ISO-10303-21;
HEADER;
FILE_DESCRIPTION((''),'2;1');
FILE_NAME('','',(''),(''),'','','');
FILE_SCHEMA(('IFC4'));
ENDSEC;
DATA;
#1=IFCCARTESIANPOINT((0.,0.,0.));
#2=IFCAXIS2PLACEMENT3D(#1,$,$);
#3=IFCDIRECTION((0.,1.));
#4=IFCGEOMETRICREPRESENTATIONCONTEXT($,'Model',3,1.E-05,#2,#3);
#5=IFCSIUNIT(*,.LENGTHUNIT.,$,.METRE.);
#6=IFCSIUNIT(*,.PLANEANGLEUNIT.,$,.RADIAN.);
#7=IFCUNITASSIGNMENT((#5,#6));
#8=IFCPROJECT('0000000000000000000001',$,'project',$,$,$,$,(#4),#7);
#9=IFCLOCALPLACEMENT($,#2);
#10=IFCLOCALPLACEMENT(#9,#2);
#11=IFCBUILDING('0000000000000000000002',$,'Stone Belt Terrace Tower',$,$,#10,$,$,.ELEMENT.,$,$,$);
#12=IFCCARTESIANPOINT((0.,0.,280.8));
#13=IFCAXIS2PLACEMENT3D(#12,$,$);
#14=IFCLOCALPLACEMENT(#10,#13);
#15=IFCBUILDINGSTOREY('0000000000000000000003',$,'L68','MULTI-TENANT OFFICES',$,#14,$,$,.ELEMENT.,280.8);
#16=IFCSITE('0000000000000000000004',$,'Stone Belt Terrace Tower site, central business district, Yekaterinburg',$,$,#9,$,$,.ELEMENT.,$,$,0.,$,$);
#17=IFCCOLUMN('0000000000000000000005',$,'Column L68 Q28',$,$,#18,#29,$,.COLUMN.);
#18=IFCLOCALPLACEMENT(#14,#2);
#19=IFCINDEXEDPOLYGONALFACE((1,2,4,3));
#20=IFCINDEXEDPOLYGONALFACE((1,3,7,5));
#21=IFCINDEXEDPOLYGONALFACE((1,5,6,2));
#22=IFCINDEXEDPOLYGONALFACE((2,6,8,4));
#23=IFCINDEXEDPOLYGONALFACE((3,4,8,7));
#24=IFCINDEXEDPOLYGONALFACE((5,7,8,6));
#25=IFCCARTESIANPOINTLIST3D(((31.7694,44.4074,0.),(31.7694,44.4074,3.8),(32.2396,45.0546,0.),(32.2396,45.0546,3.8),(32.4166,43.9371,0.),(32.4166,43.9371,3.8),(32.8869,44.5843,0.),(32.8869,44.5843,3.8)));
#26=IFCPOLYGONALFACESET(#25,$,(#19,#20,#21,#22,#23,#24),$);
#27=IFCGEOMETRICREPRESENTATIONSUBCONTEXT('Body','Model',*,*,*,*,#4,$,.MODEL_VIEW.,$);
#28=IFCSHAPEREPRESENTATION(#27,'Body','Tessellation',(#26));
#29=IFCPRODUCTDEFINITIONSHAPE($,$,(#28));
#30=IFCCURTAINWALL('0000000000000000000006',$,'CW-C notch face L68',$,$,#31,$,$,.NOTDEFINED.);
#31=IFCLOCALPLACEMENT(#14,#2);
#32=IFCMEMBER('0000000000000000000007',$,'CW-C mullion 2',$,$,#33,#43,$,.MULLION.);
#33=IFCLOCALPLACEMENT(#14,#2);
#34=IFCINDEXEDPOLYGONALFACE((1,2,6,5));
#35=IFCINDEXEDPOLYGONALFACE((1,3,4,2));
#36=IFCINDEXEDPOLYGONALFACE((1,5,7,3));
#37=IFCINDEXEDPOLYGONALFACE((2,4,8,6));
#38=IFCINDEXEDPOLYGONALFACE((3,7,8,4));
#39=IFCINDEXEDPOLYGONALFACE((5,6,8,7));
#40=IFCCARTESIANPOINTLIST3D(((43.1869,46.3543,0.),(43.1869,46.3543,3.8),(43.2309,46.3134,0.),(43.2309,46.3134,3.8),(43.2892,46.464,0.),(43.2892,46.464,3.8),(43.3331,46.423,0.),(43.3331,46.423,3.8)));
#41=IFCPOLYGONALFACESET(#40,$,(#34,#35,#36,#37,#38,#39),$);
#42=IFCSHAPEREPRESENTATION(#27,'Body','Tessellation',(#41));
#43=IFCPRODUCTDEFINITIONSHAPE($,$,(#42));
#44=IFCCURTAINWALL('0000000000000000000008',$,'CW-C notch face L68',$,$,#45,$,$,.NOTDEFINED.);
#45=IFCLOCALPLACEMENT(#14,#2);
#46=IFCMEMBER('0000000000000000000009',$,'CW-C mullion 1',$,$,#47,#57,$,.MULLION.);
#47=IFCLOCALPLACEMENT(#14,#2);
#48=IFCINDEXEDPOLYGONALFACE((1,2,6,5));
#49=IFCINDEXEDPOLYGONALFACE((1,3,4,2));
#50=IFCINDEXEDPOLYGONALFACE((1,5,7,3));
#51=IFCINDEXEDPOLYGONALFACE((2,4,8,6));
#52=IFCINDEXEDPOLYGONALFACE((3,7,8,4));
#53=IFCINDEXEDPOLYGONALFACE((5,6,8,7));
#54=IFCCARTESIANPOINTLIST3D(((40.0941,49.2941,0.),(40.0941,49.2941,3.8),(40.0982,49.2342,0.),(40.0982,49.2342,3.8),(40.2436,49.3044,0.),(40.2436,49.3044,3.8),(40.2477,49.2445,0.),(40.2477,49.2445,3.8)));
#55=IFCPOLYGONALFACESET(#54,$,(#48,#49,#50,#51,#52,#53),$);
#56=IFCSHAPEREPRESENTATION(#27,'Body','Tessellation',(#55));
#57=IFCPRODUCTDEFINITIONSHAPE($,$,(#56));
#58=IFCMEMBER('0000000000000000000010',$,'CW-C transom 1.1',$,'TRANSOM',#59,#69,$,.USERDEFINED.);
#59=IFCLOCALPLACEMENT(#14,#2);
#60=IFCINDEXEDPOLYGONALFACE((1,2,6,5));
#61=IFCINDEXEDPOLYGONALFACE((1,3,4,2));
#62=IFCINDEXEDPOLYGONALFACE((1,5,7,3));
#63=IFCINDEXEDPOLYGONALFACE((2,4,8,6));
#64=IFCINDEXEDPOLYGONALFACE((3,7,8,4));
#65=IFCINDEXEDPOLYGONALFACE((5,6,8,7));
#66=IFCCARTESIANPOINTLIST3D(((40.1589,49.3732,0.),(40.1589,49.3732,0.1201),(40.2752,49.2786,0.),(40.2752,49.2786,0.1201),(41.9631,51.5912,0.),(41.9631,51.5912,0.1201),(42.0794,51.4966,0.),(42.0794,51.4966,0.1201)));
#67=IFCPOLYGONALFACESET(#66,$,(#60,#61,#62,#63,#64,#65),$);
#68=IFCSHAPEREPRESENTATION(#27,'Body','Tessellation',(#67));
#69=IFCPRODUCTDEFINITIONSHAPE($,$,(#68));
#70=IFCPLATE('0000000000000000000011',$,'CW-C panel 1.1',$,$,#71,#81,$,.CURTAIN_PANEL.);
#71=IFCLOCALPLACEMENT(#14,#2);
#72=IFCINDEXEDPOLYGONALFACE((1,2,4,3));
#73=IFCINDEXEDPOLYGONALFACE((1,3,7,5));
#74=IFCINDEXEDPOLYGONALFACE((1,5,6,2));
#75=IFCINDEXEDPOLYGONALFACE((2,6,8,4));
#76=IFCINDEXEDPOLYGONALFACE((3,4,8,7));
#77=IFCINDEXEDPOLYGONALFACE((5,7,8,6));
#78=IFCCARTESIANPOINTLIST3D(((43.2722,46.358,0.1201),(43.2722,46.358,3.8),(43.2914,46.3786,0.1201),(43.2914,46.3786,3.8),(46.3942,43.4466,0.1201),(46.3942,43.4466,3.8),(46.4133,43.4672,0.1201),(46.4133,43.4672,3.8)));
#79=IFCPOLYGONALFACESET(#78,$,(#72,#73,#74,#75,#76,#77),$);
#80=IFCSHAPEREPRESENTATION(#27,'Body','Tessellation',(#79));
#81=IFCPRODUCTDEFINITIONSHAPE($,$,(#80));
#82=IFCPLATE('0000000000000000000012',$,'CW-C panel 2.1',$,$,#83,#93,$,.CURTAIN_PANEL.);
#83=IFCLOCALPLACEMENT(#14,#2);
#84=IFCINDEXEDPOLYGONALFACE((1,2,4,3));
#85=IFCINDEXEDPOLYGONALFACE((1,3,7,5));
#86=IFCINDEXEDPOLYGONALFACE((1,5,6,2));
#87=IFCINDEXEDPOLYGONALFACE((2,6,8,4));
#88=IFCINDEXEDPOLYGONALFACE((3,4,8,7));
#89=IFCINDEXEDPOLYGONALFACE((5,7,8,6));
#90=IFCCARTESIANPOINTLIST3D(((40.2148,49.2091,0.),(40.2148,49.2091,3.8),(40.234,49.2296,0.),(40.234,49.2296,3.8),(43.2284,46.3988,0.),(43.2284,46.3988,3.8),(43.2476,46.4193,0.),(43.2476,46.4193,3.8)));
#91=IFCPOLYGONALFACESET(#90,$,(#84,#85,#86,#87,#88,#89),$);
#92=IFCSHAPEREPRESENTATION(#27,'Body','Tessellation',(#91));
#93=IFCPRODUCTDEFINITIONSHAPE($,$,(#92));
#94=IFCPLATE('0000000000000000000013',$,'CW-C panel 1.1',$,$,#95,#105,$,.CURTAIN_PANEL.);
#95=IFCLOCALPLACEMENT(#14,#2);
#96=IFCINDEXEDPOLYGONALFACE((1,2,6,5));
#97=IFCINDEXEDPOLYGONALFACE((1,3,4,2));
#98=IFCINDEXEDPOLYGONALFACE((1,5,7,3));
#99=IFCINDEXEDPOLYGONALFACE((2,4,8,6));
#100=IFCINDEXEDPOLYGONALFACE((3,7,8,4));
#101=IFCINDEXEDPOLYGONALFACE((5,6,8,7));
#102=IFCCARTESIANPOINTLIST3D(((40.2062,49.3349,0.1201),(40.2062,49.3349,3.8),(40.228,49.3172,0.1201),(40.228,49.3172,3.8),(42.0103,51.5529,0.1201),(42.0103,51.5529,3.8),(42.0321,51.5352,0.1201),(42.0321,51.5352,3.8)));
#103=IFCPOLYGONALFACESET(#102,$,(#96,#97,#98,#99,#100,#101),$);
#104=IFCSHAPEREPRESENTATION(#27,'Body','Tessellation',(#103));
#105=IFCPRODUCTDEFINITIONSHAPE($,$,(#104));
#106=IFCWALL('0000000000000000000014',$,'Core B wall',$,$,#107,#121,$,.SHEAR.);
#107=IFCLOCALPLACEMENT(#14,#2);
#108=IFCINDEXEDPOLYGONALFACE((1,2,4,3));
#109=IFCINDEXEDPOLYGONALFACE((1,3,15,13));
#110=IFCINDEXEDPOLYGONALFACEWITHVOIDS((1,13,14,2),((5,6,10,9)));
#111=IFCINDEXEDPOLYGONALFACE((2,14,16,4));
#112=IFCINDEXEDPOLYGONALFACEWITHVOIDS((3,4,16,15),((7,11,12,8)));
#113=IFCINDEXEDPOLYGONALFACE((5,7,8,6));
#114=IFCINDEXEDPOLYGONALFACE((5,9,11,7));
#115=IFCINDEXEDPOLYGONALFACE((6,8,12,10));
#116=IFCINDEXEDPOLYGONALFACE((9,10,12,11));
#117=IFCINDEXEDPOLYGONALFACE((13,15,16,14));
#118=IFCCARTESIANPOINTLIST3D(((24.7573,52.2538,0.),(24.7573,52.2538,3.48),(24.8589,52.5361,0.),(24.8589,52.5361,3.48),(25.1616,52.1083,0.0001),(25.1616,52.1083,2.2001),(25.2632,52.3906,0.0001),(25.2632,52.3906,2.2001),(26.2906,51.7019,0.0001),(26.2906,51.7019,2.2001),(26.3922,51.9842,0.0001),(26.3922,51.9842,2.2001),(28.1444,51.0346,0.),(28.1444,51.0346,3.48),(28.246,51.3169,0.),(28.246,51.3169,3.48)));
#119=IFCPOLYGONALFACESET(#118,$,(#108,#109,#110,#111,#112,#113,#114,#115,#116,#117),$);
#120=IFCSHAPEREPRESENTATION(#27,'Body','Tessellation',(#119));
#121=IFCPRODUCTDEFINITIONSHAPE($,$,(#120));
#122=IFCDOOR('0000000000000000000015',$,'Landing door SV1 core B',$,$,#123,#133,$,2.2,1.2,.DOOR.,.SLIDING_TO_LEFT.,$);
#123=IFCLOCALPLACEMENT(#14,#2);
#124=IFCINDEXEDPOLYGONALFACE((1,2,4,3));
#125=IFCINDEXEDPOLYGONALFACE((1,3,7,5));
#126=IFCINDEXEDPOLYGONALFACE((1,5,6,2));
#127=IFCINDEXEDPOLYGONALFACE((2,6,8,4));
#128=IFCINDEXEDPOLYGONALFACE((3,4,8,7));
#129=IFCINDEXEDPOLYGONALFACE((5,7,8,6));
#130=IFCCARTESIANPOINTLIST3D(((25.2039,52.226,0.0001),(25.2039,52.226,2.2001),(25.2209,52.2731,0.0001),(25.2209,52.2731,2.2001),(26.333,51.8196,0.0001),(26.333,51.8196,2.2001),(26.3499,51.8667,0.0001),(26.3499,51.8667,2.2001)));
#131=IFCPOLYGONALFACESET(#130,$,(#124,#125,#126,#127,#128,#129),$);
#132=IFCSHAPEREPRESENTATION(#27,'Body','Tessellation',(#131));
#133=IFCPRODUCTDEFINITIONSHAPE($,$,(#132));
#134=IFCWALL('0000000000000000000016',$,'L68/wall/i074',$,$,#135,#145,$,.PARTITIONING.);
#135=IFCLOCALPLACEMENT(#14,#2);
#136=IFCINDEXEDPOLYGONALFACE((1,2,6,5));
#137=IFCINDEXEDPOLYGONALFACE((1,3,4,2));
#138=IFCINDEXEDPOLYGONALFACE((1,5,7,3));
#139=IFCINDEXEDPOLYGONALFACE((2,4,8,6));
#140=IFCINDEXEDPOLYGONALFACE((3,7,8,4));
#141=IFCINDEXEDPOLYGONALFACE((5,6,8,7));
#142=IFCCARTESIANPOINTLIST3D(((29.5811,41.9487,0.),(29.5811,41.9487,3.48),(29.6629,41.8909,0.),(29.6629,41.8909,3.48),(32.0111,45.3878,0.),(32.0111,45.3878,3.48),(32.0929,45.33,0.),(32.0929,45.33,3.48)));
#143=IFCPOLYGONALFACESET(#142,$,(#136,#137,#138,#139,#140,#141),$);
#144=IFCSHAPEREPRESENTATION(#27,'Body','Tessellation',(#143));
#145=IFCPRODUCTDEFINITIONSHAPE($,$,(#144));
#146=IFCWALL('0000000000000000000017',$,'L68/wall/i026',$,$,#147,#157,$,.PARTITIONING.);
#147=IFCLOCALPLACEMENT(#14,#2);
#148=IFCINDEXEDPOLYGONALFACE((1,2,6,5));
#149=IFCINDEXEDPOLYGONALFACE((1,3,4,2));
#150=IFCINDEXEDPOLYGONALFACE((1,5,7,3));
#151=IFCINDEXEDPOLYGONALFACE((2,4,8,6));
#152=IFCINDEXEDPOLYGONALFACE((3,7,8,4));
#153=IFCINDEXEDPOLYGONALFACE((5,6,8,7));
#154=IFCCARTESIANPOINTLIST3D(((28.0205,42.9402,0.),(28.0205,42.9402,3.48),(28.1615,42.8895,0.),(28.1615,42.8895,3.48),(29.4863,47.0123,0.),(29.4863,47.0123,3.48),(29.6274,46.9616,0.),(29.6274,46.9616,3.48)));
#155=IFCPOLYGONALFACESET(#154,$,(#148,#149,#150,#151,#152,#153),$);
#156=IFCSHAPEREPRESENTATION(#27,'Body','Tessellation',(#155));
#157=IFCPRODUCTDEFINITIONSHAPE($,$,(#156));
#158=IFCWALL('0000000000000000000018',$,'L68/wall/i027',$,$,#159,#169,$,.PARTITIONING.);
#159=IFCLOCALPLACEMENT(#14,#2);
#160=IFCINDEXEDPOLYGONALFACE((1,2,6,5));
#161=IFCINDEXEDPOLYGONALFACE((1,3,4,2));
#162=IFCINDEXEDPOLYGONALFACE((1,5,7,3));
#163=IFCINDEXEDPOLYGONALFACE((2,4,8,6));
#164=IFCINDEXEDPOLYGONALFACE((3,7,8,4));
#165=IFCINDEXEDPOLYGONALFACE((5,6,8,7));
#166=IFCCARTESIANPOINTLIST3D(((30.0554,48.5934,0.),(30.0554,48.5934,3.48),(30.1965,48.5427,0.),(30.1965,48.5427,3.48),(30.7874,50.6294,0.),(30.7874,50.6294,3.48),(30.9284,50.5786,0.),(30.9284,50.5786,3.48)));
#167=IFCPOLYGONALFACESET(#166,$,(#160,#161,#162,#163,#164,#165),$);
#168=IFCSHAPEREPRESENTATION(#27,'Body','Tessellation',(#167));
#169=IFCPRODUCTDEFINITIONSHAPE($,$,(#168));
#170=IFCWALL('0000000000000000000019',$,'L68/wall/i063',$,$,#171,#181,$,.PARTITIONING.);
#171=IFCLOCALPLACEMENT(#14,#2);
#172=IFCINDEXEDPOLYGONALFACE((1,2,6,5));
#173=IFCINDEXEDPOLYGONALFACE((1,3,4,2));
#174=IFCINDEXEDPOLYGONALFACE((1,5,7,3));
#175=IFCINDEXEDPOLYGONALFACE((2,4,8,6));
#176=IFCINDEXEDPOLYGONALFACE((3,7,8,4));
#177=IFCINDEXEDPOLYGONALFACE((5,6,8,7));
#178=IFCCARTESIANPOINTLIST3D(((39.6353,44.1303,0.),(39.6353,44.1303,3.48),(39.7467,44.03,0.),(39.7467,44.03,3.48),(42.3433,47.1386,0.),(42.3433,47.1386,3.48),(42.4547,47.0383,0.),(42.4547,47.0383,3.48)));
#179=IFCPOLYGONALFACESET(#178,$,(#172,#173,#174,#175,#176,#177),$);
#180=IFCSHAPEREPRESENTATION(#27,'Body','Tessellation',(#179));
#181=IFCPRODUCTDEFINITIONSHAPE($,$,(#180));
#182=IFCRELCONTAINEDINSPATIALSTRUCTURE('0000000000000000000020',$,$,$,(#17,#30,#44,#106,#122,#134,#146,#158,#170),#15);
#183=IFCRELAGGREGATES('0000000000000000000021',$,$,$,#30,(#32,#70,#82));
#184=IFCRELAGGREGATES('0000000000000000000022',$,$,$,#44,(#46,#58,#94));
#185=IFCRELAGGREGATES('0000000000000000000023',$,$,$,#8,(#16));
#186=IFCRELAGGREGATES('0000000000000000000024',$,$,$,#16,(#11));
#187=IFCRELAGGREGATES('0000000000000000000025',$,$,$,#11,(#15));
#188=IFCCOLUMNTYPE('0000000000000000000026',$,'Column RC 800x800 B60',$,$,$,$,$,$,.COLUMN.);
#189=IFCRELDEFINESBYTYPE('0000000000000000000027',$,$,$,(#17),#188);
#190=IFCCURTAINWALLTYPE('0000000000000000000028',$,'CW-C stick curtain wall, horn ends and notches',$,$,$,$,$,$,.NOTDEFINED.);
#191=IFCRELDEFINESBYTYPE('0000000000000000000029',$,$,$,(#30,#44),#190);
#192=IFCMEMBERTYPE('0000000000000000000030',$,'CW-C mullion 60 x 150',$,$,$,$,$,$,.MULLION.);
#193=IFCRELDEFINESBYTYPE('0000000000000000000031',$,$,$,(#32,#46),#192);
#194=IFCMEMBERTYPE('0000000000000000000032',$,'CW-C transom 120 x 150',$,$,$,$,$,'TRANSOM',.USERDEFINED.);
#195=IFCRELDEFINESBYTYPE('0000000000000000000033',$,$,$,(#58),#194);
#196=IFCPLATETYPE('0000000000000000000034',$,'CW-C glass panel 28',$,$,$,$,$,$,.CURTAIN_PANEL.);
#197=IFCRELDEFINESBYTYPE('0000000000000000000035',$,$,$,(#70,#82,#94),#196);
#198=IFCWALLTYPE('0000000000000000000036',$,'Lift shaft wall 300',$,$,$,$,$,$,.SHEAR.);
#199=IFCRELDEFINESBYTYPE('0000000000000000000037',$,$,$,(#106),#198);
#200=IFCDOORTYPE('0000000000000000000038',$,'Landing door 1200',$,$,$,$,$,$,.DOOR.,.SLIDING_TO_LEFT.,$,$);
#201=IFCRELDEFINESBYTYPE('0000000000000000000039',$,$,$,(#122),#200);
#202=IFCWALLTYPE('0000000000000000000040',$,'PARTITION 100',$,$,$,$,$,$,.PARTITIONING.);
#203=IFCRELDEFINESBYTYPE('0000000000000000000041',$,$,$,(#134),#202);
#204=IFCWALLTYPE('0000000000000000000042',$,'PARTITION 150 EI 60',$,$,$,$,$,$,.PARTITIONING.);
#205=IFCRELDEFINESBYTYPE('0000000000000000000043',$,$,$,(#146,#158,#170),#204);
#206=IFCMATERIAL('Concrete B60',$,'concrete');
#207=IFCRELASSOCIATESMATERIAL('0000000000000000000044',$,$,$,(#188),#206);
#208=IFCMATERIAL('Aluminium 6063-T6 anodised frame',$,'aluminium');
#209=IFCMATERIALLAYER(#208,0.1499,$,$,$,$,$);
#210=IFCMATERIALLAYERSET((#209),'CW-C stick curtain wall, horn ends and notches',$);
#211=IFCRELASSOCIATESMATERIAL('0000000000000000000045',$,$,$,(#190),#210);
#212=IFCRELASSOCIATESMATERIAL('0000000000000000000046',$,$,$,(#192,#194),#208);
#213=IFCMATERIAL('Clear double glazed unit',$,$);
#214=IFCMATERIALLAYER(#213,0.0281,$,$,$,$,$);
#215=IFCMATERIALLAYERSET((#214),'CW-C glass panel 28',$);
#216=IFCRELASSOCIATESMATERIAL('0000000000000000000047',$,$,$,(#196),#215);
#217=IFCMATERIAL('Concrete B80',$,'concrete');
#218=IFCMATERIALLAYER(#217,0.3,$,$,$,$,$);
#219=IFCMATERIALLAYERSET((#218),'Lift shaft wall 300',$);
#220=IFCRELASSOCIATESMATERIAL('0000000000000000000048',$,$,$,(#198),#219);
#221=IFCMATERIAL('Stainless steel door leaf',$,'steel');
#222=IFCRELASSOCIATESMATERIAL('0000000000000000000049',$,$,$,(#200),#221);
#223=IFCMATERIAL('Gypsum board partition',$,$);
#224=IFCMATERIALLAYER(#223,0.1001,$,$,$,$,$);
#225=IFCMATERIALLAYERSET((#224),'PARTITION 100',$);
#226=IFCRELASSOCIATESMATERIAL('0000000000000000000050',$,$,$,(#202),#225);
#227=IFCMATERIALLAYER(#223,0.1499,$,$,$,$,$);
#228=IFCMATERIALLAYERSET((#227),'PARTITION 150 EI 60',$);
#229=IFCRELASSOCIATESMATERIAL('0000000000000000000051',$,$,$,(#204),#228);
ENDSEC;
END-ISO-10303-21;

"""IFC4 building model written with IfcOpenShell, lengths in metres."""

from ifc_helpers import new_model, si_unit, direction, frame, frame_2d, origin, origin_2d, place, context, subcontext, project, spatial, rectangle, extrude, material, layer, layer_set, material_profile, profile_set, type_object, element, fill, aggregate, save


model = new_model("IFC4")

# Units and contexts
model_context = context("Model", 3, precision=1e-05, world=origin(), true_north=direction((0.0, 1.0)))
body_context = subcontext(model_context, "Body", "Model", "MODEL_VIEW")
ifc_project = project(units=[si_unit("LENGTHUNIT", "METRE"), si_unit("PLANEANGLEUNIT", "RADIAN")], contexts=[model_context])

# Site, building, storey
site_placement = place(None, origin())
site = spatial("IfcSite", under=ifc_project, at=site_placement, Name="Stone Belt Terrace Tower site, central business district, Yekaterinburg", CompositionType="ELEMENT", RefElevation=0.0)
building_placement = place(site_placement, origin())
building = spatial("IfcBuilding", under=site, at=building_placement, Name="Stone Belt Terrace Tower", CompositionType="ELEMENT")
storey_placement = place(building_placement, frame((0.0, 0.0, 280.8)))
storey = spatial("IfcBuildingStorey", under=building, at=storey_placement, Name="L68", Description="MULTI-TENANT OFFICES", CompositionType="ELEMENT", Elevation=280.8)

# Column
ifc_material_1 = material(Name="Concrete B60", Category="concrete")
ifc_material_profile_1 = material_profile(ifc_material_1, rectangle(XDim=0.8, YDim=0.8, at=origin_2d()), Name="RC 800x800")
ifc_profile_set_1 = profile_set([ifc_material_profile_1], Name="Concrete B60")
column_type = type_object("IfcColumnType", Name="Column RC 800x800 B60", PredefinedType="COLUMN", material=ifc_profile_set_1)
column_placement = place(storey_placement, frame((32.3281, 44.4958, 0.0), z_axis=(0.0, 0.0, 1.0), x_axis=(0.809017, -0.587785, 0.0)))
element("IfcColumn", 1, at=column_placement, inside=storey, type_object=column_type, Name="Column L68 Q28", PredefinedType="COLUMN", context=body_context, shape_type="SweptSolid", body=[
    extrude(rectangle(XDim=0.8, YDim=0.8, at=origin_2d()), origin(), (0.0, 0.0, 1.0), 3.8),
])

# Curtain wall, member
ifc_material_2 = material(Name="Aluminium 6063-T6 anodised frame", Category="aluminium")
ifc_layer_1 = layer(ifc_material_2, 0.1499)
ifc_layer_set_1 = layer_set([ifc_layer_1], Name="CW-C stick curtain wall, horn ends and notches")
curtain_wall_type = type_object("IfcCurtainWallType", Name="CW-C stick curtain wall, horn ends and notches", PredefinedType="NOTDEFINED", material=ifc_layer_set_1)
curtain_wall_1_placement = place(storey_placement, origin())
curtain_wall_1 = element("IfcCurtainWall", 2, at=curtain_wall_1_placement, inside=storey, type_object=curtain_wall_type, Name="CW-C notch face L68", PredefinedType="NOTDEFINED")
ifc_material_profile_2 = material_profile(ifc_material_2, rectangle(XDim=0.1499, YDim=0.0601, at=origin_2d()), Name="Aluminium 6063-T6 60x150")
ifc_profile_set_2 = profile_set([ifc_material_profile_2], Name="Aluminium 6063-T6 anodised frame")
member_type_1 = type_object("IfcMemberType", Name="CW-C mullion 60 x 150", PredefinedType="MULLION", material=ifc_profile_set_2)
member_1_placement = place(storey_placement, frame((43.26, 46.3887, 0.0), z_axis=(0.0, 0.0, 1.0), x_axis=(-0.682014, -0.731339, 0.0)))
member_1 = element("IfcMember", 3, at=member_1_placement, type_object=member_type_1, Name="CW-C mullion 2", PredefinedType="MULLION", context=body_context, shape_type="SweptSolid", body=[
    extrude(rectangle(XDim=0.1499, YDim=0.0601, at=origin_2d()), origin(), (0.0, 0.0, 1.0), 3.8),
])

# Curtain wall, members
curtain_wall_2_placement = place(storey_placement, origin())
curtain_wall_2 = element("IfcCurtainWall", 4, at=curtain_wall_2_placement, inside=storey, type_object=curtain_wall_type, Name="CW-C notch face L68", PredefinedType="NOTDEFINED")
member_2_placement = place(storey_placement, frame((40.1709, 49.2693, 0.0), z_axis=(0.0, 0.0, 1.0), x_axis=(-0.99764, -0.068666, 0.0)))
member_2 = element("IfcMember", 5, at=member_2_placement, type_object=member_type_1, Name="CW-C mullion 1", PredefinedType="MULLION", context=body_context, shape_type="SweptSolid", body=[
    extrude(rectangle(XDim=0.1499, YDim=0.0601, at=origin_2d()), origin(), (0.0, 0.0, 1.0), 3.8),
])
ifc_material_profile_3 = material_profile(ifc_material_2, rectangle(XDim=0.1499, YDim=0.1201, at=origin_2d()), Name="Aluminium 6063-T6 150x120")
ifc_profile_set_3 = profile_set([ifc_material_profile_3], Name="Aluminium 6063-T6 anodised frame")
member_type_2 = type_object("IfcMemberType", Name="CW-C transom 120 x 150", ElementType="TRANSOM", PredefinedType="USERDEFINED", material=ifc_profile_set_3)
member_3_placement = place(storey_placement, frame((40.217, 49.3259, 0.0601), z_axis=(0.631027, 0.775761, 0.0), x_axis=(-0.775761, 0.631027, 0.0)))
member_3 = element("IfcMember", 6, at=member_3_placement, type_object=member_type_2, Name="CW-C transom 1.1", ObjectType="TRANSOM", PredefinedType="USERDEFINED", context=body_context, shape_type="SweptSolid", body=[
    extrude(rectangle(XDim=0.1499, YDim=0.1201, at=origin_2d()), origin(), (0.0, 0.0, 1.0), 2.8591),
])

# Plates
ifc_material_3 = material(Name="Clear double glazed unit")
ifc_layer_2 = layer(ifc_material_3, 0.0281)
ifc_layer_set_2 = layer_set([ifc_layer_2], Name="CW-C glass panel 28")
plate_type = type_object("IfcPlateType", Name="CW-C glass panel 28", PredefinedType="CURTAIN_PANEL", material=ifc_layer_set_2)
plate_1_placement = place(storey_placement, frame((44.8428, 44.9126, 0.1201), z_axis=(0.0, 0.0, 1.0), x_axis=(-0.731339, 0.682014, 0.0)))
plate_1 = element("IfcPlate", 7, at=plate_1_placement, type_object=plate_type, Name="CW-C panel 1.1", PredefinedType="CURTAIN_PANEL", context=body_context, shape_type="SweptSolid", body=[
    extrude(rectangle(XDim=4.2688, YDim=0.0281, at=origin_2d()), origin(), (0.0, 0.0, 1.0), 3.6799),
])
plate_2_placement = place(storey_placement, frame((41.7312, 47.8142, 0.0), z_axis=(0.0, 0.0, 1.0), x_axis=(-0.731339, 0.682014, 0.0)))
plate_2 = element("IfcPlate", 8, at=plate_2_placement, type_object=plate_type, Name="CW-C panel 2.1", PredefinedType="CURTAIN_PANEL", context=body_context, shape_type="SweptSolid", body=[
    extrude(rectangle(XDim=4.1206, YDim=0.0281, at=origin_2d()), origin(), (0.0, 0.0, 1.0), 3.8),
])
aggregate(curtain_wall_1, [member_1, plate_1, plate_2])
plate_3_placement = place(storey_placement, frame((41.1191, 50.4351, 0.1201), z_axis=(0.0, 0.0, 1.0), x_axis=(0.631001, 0.775782, 0.0)))
plate_3 = element("IfcPlate", 9, at=plate_3_placement, type_object=plate_type, Name="CW-C panel 1.1", PredefinedType="CURTAIN_PANEL", context=body_context, shape_type="SweptSolid", body=[
    extrude(rectangle(XDim=2.8591, YDim=0.0281, at=origin_2d()), origin(), (0.0, 0.0, 1.0), 3.6799),
])
aggregate(curtain_wall_2, [member_2, member_3, plate_3])

# Wall, opening, door
ifc_material_4 = material(Name="Concrete B80", Category="concrete")
ifc_layer_3 = layer(ifc_material_4, 0.3)
ifc_layer_set_3 = layer_set([ifc_layer_3], Name="Lift shaft wall 300")
wall_type_1 = type_object("IfcWallType", Name="Lift shaft wall 300", PredefinedType="SHEAR", material=ifc_layer_set_3)
wall_1_placement = place(storey_placement, frame((28.1951, 51.1758, 0.0), z_axis=(0.0, 0.0, 1.0), x_axis=(-0.940901, 0.338681, 0.0)))
wall_1 = element("IfcWall", 10, at=wall_1_placement, inside=storey, type_object=wall_type_1, Name="Core B wall", PredefinedType="SHEAR", context=body_context, shape_type="SweptSolid", body=[
    extrude(rectangle(XDim=3.5999, YDim=0.3, at=frame_2d((1.7998, 0.0))), origin(), (0.0, 0.0, 1.0), 3.48),
])
opening_1_placement = place(wall_1_placement, frame((1.97, 0.0, 0.0)))
opening_1 = element("IfcOpeningElement", 11, at=opening_1_placement, cuts=wall_1, PredefinedType="OPENING", context=body_context, shape_type="SweptSolid", body=[
    extrude(rectangle(XDim=1.2, YDim=2.2, at=frame_2d((0.6001, 1.1001))), frame((0.0, 0.1599, 0.0), z_axis=(0.0, -1.0, 0.0), x_axis=(1.0, 0.0, 0.0)), (0.0, 0.0, 1.0), 0.3201),
])
ifc_material_5 = material(Name="Stainless steel door leaf", Category="steel")
door_type_1 = type_object("IfcDoorType", Name="Landing door 1200", OperationType="SLIDING_TO_LEFT", PredefinedType="DOOR", material=ifc_material_5)
door_1_placement = place(opening_1_placement, origin())
door_1 = element("IfcDoor", 12, at=door_1_placement, inside=storey, type_object=door_type_1, Name="Landing door SV1 core B", OperationType="SLIDING_TO_LEFT", OverallHeight=2.2, OverallWidth=1.2, PredefinedType="DOOR", context=body_context, shape_type="SweptSolid", body=[
    extrude(rectangle(XDim=1.2, YDim=2.2, at=frame_2d((0.6001, 1.1001))), frame((0.0, 0.0249, 0.0), z_axis=(0.0, -1.0, 0.0), x_axis=(1.0, 0.0, 0.0)), (0.0, 0.0, 1.0), 0.05),
])
fill(opening_1, door_1)

# Walls
ifc_material_6 = material(Name="Gypsum board partition")
ifc_layer_4 = layer(ifc_material_6, 0.1001)
ifc_layer_set_4 = layer_set([ifc_layer_4], Name="PARTITION 100")
wall_type_2 = type_object("IfcWallType", Name="PARTITION 100", PredefinedType="PARTITIONING", material=ifc_layer_set_4)
wall_2_placement = place(storey_placement, frame((32.052, 45.3589, 0.0), z_axis=(0.0, 0.0, 1.0), x_axis=(-0.577068, -0.816696, 0.0)))
element("IfcWall", 13, at=wall_2_placement, inside=storey, type_object=wall_type_2, Name="L68/wall/i074", PredefinedType="PARTITIONING", context=body_context, shape_type="SweptSolid", body=[
    extrude(rectangle(XDim=4.2109, YDim=0.1001, at=frame_2d((2.1055, 0.0))), origin(), (0.0, 0.0, 1.0), 3.48),
])
ifc_layer_5 = layer(ifc_material_6, 0.1499)
ifc_layer_set_5 = layer_set([ifc_layer_5], Name="PARTITION 150 EI 60")
wall_type_3 = type_object("IfcWallType", Name="PARTITION 150 EI 60", PredefinedType="PARTITIONING", material=ifc_layer_set_5)
wall_3_placement = place(storey_placement, frame((29.5569, 46.9871, 0.0), z_axis=(0.0, 0.0, 1.0), x_axis=(-0.338697, -0.940895, 0.0)))
element("IfcWall", 14, at=wall_3_placement, inside=storey, type_object=wall_type_3, Name="L68/wall/i026", PredefinedType="PARTITIONING", context=body_context, shape_type="SweptSolid", body=[
    extrude(rectangle(XDim=4.3279, YDim=0.1499, at=frame_2d((2.1641, 0.0))), origin(), (0.0, 0.0, 1.0), 3.48),
])
wall_4_placement = place(storey_placement, frame((30.8579, 50.604, 0.0), z_axis=(0.0, 0.0, 1.0), x_axis=(-0.338316, -0.941033, 0.0)))
element("IfcWall", 15, at=wall_4_placement, inside=storey, type_object=wall_type_3, Name="L68/wall/i027", PredefinedType="PARTITIONING", context=body_context, shape_type="SweptSolid", body=[
    extrude(rectangle(XDim=2.1636, YDim=0.1499, at=frame_2d((1.0818, 0.0))), origin(), (0.0, 0.0, 1.0), 3.48),
])
wall_5_placement = place(storey_placement, frame((39.6909, 44.0801, 0.0), z_axis=(0.0, 0.0, 1.0), x_axis=(0.669038, 0.743228, 0.0)))
element("IfcWall", 16, at=wall_5_placement, inside=storey, type_object=wall_type_3, Name="L68/wall/i063", PredefinedType="PARTITIONING", context=body_context, shape_type="SweptSolid", body=[
    extrude(rectangle(XDim=4.0476, YDim=0.1499, at=frame_2d((2.0239, 0.0))), origin(), (0.0, 0.0, 1.0), 3.48),
])

save(model, "model.ifc")
